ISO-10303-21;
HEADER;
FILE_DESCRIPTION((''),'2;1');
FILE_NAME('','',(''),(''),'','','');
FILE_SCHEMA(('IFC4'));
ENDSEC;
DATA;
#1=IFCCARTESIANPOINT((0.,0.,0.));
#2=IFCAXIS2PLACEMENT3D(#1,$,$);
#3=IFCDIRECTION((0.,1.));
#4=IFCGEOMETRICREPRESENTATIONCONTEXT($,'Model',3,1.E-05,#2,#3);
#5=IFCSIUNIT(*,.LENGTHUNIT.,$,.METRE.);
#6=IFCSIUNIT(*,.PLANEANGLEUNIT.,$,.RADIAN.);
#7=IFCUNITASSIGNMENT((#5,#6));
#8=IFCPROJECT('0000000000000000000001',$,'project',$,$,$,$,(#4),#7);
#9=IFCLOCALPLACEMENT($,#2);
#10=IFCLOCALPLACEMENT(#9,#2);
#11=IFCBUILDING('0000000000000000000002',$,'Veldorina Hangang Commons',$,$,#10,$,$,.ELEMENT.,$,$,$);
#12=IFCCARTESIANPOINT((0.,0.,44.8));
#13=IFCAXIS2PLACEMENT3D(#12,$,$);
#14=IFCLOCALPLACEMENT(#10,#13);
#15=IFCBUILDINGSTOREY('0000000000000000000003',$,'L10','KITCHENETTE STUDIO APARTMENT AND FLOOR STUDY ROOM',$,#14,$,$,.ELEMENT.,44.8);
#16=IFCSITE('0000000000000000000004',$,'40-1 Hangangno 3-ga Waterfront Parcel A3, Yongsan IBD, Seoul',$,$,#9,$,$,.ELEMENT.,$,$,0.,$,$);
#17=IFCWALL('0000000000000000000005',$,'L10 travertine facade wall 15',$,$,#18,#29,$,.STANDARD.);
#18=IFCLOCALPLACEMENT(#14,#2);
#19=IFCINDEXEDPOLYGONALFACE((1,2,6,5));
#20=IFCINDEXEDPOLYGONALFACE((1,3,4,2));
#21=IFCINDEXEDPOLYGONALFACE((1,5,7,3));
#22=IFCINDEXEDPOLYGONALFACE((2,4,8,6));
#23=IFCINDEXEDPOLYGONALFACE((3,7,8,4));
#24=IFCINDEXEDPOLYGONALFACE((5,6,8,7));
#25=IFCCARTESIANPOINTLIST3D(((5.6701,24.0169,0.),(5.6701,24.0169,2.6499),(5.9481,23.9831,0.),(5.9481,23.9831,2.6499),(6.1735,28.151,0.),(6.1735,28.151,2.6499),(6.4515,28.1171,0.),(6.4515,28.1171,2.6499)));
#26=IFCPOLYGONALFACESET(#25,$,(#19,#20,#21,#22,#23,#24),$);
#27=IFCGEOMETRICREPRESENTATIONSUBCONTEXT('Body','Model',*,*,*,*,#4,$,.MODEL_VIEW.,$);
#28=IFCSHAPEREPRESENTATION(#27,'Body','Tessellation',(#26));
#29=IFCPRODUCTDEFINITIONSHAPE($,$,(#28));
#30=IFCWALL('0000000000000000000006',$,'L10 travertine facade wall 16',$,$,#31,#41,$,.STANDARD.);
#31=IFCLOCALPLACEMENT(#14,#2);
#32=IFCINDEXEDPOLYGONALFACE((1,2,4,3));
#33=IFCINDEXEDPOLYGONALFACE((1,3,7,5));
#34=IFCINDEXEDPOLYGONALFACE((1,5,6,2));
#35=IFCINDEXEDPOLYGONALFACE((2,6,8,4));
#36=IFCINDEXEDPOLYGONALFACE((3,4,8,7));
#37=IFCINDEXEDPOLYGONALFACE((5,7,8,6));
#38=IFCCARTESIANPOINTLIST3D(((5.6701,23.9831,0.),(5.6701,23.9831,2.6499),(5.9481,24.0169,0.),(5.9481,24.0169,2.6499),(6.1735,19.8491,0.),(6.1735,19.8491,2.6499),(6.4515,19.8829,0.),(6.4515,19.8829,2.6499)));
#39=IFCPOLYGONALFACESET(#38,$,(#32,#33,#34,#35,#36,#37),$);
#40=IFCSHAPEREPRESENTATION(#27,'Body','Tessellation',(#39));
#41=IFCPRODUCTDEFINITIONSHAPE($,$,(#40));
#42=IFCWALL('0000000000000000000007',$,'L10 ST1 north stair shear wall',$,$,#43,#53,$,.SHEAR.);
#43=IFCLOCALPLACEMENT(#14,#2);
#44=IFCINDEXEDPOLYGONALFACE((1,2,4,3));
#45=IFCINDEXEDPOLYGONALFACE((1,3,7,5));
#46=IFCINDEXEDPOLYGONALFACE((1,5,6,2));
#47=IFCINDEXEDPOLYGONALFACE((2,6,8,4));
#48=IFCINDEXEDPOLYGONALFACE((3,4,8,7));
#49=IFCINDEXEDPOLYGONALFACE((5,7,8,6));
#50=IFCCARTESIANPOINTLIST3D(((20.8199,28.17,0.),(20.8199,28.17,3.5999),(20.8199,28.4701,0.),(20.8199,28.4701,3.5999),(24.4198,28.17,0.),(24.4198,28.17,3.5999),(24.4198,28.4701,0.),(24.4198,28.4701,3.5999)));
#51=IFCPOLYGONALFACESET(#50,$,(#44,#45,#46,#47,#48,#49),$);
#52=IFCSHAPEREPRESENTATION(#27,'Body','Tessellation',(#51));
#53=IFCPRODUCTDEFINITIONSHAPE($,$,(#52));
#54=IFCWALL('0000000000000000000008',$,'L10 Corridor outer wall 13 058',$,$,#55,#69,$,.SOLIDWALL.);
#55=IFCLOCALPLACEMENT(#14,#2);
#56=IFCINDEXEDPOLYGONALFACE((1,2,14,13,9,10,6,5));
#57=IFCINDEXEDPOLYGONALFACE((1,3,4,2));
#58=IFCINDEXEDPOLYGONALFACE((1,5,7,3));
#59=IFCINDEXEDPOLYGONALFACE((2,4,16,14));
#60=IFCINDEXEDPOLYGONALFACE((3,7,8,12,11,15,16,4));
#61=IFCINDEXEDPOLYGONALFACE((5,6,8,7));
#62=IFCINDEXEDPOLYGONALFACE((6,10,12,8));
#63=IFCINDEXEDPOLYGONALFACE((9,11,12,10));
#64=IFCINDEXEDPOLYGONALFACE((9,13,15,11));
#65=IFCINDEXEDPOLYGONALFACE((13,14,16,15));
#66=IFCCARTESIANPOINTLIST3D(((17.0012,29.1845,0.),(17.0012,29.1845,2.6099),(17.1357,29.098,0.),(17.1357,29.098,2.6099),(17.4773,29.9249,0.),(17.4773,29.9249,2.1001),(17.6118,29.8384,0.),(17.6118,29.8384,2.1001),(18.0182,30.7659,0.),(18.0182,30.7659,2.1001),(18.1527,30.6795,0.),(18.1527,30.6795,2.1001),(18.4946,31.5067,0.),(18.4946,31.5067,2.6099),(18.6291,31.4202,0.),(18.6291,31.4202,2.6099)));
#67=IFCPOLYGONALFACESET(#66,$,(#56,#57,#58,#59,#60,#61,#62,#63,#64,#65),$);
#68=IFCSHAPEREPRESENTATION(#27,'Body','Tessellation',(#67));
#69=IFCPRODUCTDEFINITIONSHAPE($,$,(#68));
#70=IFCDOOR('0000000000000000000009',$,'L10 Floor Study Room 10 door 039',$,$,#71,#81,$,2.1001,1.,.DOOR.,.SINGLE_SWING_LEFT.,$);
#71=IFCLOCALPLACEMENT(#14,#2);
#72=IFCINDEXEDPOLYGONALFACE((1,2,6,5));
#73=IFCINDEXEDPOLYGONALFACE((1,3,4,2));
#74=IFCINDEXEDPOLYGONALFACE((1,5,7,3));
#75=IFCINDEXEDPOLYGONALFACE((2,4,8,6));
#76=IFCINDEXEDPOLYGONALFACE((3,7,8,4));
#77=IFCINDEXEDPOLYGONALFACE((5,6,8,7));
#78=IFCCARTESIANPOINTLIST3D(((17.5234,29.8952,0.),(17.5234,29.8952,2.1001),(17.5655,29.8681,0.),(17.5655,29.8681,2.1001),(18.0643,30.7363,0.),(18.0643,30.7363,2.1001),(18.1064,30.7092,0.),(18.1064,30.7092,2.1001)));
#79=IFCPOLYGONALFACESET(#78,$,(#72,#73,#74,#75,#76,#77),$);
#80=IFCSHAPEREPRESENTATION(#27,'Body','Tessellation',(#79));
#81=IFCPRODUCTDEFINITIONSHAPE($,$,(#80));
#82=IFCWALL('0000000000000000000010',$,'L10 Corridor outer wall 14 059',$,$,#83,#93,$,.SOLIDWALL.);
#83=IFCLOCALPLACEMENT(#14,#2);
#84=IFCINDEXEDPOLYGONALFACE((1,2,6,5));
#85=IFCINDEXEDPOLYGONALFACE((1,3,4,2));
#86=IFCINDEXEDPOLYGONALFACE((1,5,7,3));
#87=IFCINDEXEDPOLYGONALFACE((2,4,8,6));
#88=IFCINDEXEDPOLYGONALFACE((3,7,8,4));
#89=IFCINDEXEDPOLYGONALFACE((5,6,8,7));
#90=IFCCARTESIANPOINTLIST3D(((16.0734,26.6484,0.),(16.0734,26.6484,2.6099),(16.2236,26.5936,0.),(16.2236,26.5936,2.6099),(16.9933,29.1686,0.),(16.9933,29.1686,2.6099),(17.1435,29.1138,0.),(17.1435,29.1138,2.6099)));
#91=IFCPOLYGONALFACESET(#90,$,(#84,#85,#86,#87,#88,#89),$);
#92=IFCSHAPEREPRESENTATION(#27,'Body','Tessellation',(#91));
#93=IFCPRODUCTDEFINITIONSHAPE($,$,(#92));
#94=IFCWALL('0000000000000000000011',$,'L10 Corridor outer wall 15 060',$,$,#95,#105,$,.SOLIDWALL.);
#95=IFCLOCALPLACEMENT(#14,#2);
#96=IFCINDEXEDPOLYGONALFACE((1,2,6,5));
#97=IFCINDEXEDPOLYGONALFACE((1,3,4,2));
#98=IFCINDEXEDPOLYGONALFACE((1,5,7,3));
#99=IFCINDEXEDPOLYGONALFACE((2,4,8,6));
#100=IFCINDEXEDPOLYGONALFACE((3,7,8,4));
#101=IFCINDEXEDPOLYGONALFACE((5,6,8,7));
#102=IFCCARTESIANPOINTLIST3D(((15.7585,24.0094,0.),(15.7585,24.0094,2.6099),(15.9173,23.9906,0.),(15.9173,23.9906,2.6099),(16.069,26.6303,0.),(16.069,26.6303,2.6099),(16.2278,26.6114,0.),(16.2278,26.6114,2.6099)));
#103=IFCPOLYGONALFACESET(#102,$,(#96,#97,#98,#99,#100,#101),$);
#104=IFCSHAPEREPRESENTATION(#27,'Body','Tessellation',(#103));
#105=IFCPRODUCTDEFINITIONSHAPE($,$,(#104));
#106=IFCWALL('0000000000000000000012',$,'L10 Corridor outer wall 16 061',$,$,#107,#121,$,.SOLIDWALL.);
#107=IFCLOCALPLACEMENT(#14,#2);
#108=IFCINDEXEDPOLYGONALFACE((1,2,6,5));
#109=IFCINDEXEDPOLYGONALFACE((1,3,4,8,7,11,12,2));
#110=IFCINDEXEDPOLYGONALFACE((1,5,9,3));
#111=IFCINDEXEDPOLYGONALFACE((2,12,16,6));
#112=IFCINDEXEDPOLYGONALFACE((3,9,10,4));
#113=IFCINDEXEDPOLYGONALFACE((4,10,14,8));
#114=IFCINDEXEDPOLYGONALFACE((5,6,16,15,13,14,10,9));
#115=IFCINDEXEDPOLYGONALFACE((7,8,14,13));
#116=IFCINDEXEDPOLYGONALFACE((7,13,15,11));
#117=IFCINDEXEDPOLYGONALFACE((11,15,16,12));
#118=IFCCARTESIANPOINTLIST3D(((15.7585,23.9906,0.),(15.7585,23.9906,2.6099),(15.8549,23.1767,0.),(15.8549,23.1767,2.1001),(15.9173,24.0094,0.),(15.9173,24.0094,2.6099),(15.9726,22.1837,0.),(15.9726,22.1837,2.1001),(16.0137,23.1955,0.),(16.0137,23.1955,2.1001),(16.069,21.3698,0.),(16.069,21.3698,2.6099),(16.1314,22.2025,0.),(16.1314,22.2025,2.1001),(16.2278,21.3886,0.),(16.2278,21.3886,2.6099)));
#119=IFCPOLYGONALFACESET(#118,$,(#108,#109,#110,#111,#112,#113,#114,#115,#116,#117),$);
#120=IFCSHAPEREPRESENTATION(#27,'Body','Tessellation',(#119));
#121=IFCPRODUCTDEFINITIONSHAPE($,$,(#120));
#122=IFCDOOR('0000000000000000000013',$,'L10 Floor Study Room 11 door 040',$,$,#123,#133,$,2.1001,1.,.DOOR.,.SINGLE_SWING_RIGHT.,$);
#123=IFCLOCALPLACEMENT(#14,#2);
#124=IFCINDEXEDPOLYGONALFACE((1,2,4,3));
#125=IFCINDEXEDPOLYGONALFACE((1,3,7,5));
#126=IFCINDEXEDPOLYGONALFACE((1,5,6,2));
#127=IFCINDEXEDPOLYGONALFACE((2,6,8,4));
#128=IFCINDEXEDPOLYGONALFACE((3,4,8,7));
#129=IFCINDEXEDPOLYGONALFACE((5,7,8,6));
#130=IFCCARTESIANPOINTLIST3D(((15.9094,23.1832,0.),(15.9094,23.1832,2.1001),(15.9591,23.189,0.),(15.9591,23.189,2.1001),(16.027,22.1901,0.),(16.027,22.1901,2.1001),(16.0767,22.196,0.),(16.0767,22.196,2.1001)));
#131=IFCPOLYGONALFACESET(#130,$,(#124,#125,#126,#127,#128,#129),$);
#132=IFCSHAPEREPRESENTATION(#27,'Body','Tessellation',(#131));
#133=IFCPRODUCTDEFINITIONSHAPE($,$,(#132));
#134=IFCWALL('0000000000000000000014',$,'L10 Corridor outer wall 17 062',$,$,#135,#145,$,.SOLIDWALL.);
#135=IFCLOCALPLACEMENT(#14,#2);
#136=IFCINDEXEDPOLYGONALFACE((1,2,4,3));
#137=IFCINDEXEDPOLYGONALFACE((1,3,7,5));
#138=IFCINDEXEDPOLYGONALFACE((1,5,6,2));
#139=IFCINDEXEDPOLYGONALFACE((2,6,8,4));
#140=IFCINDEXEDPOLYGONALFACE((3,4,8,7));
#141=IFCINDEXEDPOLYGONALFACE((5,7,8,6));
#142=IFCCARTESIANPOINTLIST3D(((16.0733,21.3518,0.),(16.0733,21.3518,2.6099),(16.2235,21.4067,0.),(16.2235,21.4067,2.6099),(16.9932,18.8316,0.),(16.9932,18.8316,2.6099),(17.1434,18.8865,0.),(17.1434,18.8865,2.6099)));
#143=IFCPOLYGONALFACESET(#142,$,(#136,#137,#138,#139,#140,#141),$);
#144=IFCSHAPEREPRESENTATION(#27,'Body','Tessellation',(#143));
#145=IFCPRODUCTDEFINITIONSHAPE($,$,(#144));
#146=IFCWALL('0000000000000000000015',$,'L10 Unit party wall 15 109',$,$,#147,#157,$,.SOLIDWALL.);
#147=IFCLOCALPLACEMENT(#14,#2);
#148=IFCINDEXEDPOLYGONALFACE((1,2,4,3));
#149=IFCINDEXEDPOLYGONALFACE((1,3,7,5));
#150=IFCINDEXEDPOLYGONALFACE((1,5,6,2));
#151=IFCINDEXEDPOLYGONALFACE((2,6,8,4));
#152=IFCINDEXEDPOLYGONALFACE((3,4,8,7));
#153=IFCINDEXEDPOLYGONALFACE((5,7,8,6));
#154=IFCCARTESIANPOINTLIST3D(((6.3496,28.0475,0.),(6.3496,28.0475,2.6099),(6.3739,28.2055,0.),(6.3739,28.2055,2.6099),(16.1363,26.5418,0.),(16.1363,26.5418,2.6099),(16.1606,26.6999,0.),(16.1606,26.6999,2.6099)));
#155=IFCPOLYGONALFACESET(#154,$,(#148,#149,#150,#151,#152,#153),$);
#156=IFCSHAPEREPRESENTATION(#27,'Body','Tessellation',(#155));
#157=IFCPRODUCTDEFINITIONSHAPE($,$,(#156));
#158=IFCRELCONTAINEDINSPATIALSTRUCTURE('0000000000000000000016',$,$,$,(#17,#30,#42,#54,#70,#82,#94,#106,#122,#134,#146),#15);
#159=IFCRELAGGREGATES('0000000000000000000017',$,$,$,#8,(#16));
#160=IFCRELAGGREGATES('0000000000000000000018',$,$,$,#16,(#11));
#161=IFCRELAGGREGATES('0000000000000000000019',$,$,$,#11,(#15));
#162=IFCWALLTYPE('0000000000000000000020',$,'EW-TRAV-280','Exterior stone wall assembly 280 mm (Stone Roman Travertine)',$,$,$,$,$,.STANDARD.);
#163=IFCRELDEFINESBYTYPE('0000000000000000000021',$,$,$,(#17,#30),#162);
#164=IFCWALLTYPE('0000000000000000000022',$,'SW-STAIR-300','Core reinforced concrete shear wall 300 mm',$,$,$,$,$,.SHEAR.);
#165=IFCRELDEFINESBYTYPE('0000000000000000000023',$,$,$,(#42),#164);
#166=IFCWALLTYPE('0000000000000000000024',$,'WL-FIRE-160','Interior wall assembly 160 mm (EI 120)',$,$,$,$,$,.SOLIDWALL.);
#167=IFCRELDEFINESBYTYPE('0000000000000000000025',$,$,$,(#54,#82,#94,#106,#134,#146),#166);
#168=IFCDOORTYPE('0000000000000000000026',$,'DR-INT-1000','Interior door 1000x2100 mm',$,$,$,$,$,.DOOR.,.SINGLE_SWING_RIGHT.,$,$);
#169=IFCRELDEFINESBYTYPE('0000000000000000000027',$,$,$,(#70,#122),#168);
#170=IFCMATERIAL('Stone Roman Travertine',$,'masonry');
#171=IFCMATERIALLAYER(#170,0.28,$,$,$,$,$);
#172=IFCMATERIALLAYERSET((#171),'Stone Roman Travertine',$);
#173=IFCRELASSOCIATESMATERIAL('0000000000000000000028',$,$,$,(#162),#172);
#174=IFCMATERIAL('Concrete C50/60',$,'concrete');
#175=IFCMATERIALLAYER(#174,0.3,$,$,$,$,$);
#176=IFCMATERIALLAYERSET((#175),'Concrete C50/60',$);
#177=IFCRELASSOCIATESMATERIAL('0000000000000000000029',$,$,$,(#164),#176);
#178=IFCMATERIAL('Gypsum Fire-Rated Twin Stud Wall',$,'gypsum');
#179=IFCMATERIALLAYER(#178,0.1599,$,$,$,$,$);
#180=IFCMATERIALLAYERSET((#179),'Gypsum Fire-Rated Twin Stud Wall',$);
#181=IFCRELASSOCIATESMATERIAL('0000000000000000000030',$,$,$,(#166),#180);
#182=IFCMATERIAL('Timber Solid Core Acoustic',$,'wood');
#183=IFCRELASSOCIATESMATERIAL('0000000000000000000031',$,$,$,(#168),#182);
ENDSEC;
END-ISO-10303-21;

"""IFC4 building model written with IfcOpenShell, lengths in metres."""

from ifc_helpers import new_model, si_unit, direction, frame, frame_2d, origin, place, context, subcontext, project, spatial, rectangle, extrude, material, layer, layer_set, type_object, element, fill, save


model = new_model("IFC4")

# Units and contexts
model_context = context("Model", 3, precision=1e-05, world=origin(), true_north=direction((0.0, 1.0)))
body_context = subcontext(model_context, "Body", "Model", "MODEL_VIEW")
ifc_project = project(units=[si_unit("LENGTHUNIT", "METRE"), si_unit("PLANEANGLEUNIT", "RADIAN")], contexts=[model_context])

# Site, building, storey
site_placement = place(None, origin())
site = spatial("IfcSite", under=ifc_project, at=site_placement, Name="40-1 Hangangno 3-ga Waterfront Parcel A3, Yongsan IBD, Seoul", CompositionType="ELEMENT", RefElevation=0.0)
building_placement = place(site_placement, origin())
building = spatial("IfcBuilding", under=site, at=building_placement, Name="Veldorina Hangang Commons", CompositionType="ELEMENT")
storey_placement = place(building_placement, frame((0.0, 0.0, 44.8)))
storey = spatial("IfcBuildingStorey", under=building, at=storey_placement, Name="L10", Description="KITCHENETTE STUDIO APARTMENT AND FLOOR STUDY ROOM", CompositionType="ELEMENT", Elevation=44.8)

# Walls
ifc_material_1 = material(Name="Stone Roman Travertine", Category="masonry")
ifc_layer_1 = layer(ifc_material_1, 0.28)
ifc_layer_set_1 = layer_set([ifc_layer_1], Name="Stone Roman Travertine")
wall_type_1 = type_object("IfcWallType", Name="EW-TRAV-280", Description="Exterior stone wall assembly 280 mm (Stone Roman Travertine)", PredefinedType="STANDARD", material=ifc_layer_set_1)
for number, where, z_axis, x_axis, name in (
    (1, (6.3125, 28.134, 0.0), (0.0, 0.0, 1.0), (-0.120881, -0.992667, 0.0), "L10 travertine facade wall 15"),
    (2, (5.8091, 24.0, 0.0), (0.0, 0.0, 1.0), (0.120881, -0.992667, 0.0), "L10 travertine facade wall 16"),
):
    element("IfcWall", number, at=place(storey_placement, frame(where, z_axis=z_axis, x_axis=x_axis)), inside=storey, type_object=wall_type_1, Name=name, PredefinedType="STANDARD", context=body_context, shape_type="SweptSolid", body=[
        extrude(rectangle(XDim=4.1646, YDim=0.28, at=frame_2d((2.0823, 0.0))), origin(), (0.0, 0.0, 1.0), 2.6499),
    ])
ifc_material_2 = material(Name="Concrete C50/60", Category="concrete")
ifc_layer_2 = layer(ifc_material_2, 0.3)
ifc_layer_set_2 = layer_set([ifc_layer_2], Name="Concrete C50/60")
wall_type_2 = type_object("IfcWallType", Name="SW-STAIR-300", Description="Core reinforced concrete shear wall 300 mm", PredefinedType="SHEAR", material=ifc_layer_set_2)
wall_1_placement = place(storey_placement, frame((20.8201, 28.3201, 0.0), z_axis=(0.0, 0.0, 1.0), x_axis=(1.0, 0.0, 0.0)))
element("IfcWall", 3, at=wall_1_placement, inside=storey, type_object=wall_type_2, Name="L10 ST1 north stair shear wall", PredefinedType="SHEAR", context=body_context, shape_type="SweptSolid", body=[
    extrude(rectangle(XDim=3.5999, YDim=0.3, at=frame_2d((1.7998, 0.0))), origin(), (0.0, 0.0, 1.0), 3.5999),
])

# Wall, opening, door
ifc_material_3 = material(Name="Gypsum Fire-Rated Twin Stud Wall", Category="gypsum")
ifc_layer_3 = layer(ifc_material_3, 0.1599)
ifc_layer_set_3 = layer_set([ifc_layer_3], Name="Gypsum Fire-Rated Twin Stud Wall")
wall_type_3 = type_object("IfcWallType", Name="WL-FIRE-160", Description="Interior wall assembly 160 mm (EI 120)", PredefinedType="SOLIDWALL", material=ifc_layer_set_3)
wall_2_placement = place(storey_placement, frame((18.5618, 31.4634, 0.0), z_axis=(0.0, 0.0, 1.0), x_axis=(-0.540892, -0.841092, 0.0)))
wall_2 = element("IfcWall", 4, at=wall_2_placement, inside=storey, type_object=wall_type_3, Name="L10 Corridor outer wall 13 058", PredefinedType="SOLIDWALL", context=body_context, shape_type="SweptSolid", body=[
    extrude(rectangle(XDim=2.761, YDim=0.1599, at=frame_2d((1.3804, 0.0))), origin(), (0.0, 0.0, 1.0), 2.6099),
])
opening_1_placement = place(wall_2_placement, frame((0.8806, 0.0, 0.0)))
opening_1 = element("IfcOpeningElement", 5, at=opening_1_placement, cuts=wall_2, PredefinedType="OPENING", context=body_context, shape_type="SweptSolid", body=[
    extrude(rectangle(XDim=1.0, YDim=2.1001, at=frame_2d((0.5, 1.05))), frame((0.0, 0.0898, 0.0), z_axis=(0.0, -1.0, 0.0), x_axis=(1.0, 0.0, 0.0)), (0.0, 0.0, 1.0), 0.1799),
])
ifc_material_4 = material(Name="Timber Solid Core Acoustic", Category="wood")
door_type = type_object("IfcDoorType", Name="DR-INT-1000", Description="Interior door 1000x2100 mm", OperationType="SINGLE_SWING_RIGHT", PredefinedType="DOOR", material=ifc_material_4)
door_1_placement = place(opening_1_placement, origin())
door_1 = element("IfcDoor", 6, at=door_1_placement, inside=storey, type_object=door_type, Name="L10 Floor Study Room 10 door 039", OperationType="SINGLE_SWING_LEFT", OverallHeight=2.1001, OverallWidth=1.0, PredefinedType="DOOR", context=body_context, shape_type="SweptSolid", body=[
    extrude(rectangle(XDim=1.0, YDim=2.1001, at=frame_2d((0.5, 1.05))), frame((0.0, 0.0249, 0.0), z_axis=(0.0, -1.0, 0.0), x_axis=(1.0, 0.0, 0.0)), (0.0, 0.0, 1.0), 0.05),
])
fill(opening_1, door_1)

# Walls
wall_3_placement = place(storey_placement, frame((17.0684, 29.1411, 0.0), z_axis=(0.0, 0.0, 1.0), x_axis=(-0.342883, -0.939378, 0.0)))
element("IfcWall", 7, at=wall_3_placement, inside=storey, type_object=wall_type_3, Name="L10 Corridor outer wall 14 059", PredefinedType="SOLIDWALL", context=body_context, shape_type="SweptSolid", body=[
    extrude(rectangle(XDim=2.6829, YDim=0.1599, at=frame_2d((1.3413, 0.0))), origin(), (0.0, 0.0, 1.0), 2.6099),
])
wall_4_placement = place(storey_placement, frame((16.1484, 26.6208, 0.0), z_axis=(0.0, 0.0, 1.0), x_axis=(-0.117668, -0.993053, 0.0)))
element("IfcWall", 8, at=wall_4_placement, inside=storey, type_object=wall_type_3, Name="L10 Corridor outer wall 15 060", PredefinedType="SOLIDWALL", context=body_context, shape_type="SweptSolid", body=[
    extrude(rectangle(XDim=2.6392, YDim=0.1599, at=frame_2d((1.3196, 0.0))), origin(), (0.0, 0.0, 1.0), 2.6099),
])

# Wall, opening, door
wall_5_placement = place(storey_placement, frame((15.8379, 24.0, 0.0), z_axis=(0.0, 0.0, 1.0), x_axis=(0.117668, -0.993053, 0.0)))
wall_5 = element("IfcWall", 9, at=wall_5_placement, inside=storey, type_object=wall_type_3, Name="L10 Corridor outer wall 16 061", PredefinedType="SOLIDWALL", context=body_context, shape_type="SweptSolid", body=[
    extrude(rectangle(XDim=2.6392, YDim=0.1599, at=frame_2d((1.3196, 0.0))), origin(), (0.0, 0.0, 1.0), 2.6099),
])
opening_2_placement = place(wall_5_placement, frame((0.8196, 0.0, 0.0)))
opening_2 = element("IfcOpeningElement", 10, at=opening_2_placement, cuts=wall_5, PredefinedType="OPENING", context=body_context, shape_type="SweptSolid", body=[
    extrude(rectangle(XDim=1.0, YDim=2.1001, at=frame_2d((0.5, 1.05))), frame((0.0, 0.0898, 0.0), z_axis=(0.0, -1.0, 0.0), x_axis=(1.0, 0.0, 0.0)), (0.0, 0.0, 1.0), 0.1799),
])
door_2_placement = place(opening_2_placement, origin())
door_2 = element("IfcDoor", 11, at=door_2_placement, inside=storey, type_object=door_type, Name="L10 Floor Study Room 11 door 040", OperationType="SINGLE_SWING_RIGHT", OverallHeight=2.1001, OverallWidth=1.0, PredefinedType="DOOR", context=body_context, shape_type="SweptSolid", body=[
    extrude(rectangle(XDim=1.0, YDim=2.1001, at=frame_2d((0.5, 1.05))), frame((0.0, 0.0249, 0.0), z_axis=(0.0, -1.0, 0.0), x_axis=(1.0, 0.0, 0.0)), (0.0, 0.0, 1.0), 0.05),
])
fill(opening_2, door_2)

# Walls
wall_6_placement = place(storey_placement, frame((16.1484, 21.3792, 0.0), z_axis=(0.0, 0.0, 1.0), x_axis=(0.342883, -0.939378, 0.0)))
element("IfcWall", 12, at=wall_6_placement, inside=storey, type_object=wall_type_3, Name="L10 Corridor outer wall 17 062", PredefinedType="SOLIDWALL", context=body_context, shape_type="SweptSolid", body=[
    extrude(rectangle(XDim=2.6829, YDim=0.1599, at=frame_2d((1.3413, 0.0))), origin(), (0.0, 0.0, 1.0), 2.6099),
])
wall_7_placement = place(storey_placement, frame((16.1484, 26.6208, 0.0), z_axis=(0.0, 0.0, 1.0), x_axis=(-0.988372, 0.152055, 0.0)))
element("IfcWall", 13, at=wall_7_placement, inside=storey, type_object=wall_type_3, Name="L10 Unit party wall 15 109", PredefinedType="SOLIDWALL", context=body_context, shape_type="SweptSolid", body=[
    extrude(rectangle(XDim=9.9019, YDim=0.1599, at=frame_2d((4.9509, 0.0))), origin(), (0.0, 0.0, 1.0), 2.6099),
])

save(model, "model.ifc")
